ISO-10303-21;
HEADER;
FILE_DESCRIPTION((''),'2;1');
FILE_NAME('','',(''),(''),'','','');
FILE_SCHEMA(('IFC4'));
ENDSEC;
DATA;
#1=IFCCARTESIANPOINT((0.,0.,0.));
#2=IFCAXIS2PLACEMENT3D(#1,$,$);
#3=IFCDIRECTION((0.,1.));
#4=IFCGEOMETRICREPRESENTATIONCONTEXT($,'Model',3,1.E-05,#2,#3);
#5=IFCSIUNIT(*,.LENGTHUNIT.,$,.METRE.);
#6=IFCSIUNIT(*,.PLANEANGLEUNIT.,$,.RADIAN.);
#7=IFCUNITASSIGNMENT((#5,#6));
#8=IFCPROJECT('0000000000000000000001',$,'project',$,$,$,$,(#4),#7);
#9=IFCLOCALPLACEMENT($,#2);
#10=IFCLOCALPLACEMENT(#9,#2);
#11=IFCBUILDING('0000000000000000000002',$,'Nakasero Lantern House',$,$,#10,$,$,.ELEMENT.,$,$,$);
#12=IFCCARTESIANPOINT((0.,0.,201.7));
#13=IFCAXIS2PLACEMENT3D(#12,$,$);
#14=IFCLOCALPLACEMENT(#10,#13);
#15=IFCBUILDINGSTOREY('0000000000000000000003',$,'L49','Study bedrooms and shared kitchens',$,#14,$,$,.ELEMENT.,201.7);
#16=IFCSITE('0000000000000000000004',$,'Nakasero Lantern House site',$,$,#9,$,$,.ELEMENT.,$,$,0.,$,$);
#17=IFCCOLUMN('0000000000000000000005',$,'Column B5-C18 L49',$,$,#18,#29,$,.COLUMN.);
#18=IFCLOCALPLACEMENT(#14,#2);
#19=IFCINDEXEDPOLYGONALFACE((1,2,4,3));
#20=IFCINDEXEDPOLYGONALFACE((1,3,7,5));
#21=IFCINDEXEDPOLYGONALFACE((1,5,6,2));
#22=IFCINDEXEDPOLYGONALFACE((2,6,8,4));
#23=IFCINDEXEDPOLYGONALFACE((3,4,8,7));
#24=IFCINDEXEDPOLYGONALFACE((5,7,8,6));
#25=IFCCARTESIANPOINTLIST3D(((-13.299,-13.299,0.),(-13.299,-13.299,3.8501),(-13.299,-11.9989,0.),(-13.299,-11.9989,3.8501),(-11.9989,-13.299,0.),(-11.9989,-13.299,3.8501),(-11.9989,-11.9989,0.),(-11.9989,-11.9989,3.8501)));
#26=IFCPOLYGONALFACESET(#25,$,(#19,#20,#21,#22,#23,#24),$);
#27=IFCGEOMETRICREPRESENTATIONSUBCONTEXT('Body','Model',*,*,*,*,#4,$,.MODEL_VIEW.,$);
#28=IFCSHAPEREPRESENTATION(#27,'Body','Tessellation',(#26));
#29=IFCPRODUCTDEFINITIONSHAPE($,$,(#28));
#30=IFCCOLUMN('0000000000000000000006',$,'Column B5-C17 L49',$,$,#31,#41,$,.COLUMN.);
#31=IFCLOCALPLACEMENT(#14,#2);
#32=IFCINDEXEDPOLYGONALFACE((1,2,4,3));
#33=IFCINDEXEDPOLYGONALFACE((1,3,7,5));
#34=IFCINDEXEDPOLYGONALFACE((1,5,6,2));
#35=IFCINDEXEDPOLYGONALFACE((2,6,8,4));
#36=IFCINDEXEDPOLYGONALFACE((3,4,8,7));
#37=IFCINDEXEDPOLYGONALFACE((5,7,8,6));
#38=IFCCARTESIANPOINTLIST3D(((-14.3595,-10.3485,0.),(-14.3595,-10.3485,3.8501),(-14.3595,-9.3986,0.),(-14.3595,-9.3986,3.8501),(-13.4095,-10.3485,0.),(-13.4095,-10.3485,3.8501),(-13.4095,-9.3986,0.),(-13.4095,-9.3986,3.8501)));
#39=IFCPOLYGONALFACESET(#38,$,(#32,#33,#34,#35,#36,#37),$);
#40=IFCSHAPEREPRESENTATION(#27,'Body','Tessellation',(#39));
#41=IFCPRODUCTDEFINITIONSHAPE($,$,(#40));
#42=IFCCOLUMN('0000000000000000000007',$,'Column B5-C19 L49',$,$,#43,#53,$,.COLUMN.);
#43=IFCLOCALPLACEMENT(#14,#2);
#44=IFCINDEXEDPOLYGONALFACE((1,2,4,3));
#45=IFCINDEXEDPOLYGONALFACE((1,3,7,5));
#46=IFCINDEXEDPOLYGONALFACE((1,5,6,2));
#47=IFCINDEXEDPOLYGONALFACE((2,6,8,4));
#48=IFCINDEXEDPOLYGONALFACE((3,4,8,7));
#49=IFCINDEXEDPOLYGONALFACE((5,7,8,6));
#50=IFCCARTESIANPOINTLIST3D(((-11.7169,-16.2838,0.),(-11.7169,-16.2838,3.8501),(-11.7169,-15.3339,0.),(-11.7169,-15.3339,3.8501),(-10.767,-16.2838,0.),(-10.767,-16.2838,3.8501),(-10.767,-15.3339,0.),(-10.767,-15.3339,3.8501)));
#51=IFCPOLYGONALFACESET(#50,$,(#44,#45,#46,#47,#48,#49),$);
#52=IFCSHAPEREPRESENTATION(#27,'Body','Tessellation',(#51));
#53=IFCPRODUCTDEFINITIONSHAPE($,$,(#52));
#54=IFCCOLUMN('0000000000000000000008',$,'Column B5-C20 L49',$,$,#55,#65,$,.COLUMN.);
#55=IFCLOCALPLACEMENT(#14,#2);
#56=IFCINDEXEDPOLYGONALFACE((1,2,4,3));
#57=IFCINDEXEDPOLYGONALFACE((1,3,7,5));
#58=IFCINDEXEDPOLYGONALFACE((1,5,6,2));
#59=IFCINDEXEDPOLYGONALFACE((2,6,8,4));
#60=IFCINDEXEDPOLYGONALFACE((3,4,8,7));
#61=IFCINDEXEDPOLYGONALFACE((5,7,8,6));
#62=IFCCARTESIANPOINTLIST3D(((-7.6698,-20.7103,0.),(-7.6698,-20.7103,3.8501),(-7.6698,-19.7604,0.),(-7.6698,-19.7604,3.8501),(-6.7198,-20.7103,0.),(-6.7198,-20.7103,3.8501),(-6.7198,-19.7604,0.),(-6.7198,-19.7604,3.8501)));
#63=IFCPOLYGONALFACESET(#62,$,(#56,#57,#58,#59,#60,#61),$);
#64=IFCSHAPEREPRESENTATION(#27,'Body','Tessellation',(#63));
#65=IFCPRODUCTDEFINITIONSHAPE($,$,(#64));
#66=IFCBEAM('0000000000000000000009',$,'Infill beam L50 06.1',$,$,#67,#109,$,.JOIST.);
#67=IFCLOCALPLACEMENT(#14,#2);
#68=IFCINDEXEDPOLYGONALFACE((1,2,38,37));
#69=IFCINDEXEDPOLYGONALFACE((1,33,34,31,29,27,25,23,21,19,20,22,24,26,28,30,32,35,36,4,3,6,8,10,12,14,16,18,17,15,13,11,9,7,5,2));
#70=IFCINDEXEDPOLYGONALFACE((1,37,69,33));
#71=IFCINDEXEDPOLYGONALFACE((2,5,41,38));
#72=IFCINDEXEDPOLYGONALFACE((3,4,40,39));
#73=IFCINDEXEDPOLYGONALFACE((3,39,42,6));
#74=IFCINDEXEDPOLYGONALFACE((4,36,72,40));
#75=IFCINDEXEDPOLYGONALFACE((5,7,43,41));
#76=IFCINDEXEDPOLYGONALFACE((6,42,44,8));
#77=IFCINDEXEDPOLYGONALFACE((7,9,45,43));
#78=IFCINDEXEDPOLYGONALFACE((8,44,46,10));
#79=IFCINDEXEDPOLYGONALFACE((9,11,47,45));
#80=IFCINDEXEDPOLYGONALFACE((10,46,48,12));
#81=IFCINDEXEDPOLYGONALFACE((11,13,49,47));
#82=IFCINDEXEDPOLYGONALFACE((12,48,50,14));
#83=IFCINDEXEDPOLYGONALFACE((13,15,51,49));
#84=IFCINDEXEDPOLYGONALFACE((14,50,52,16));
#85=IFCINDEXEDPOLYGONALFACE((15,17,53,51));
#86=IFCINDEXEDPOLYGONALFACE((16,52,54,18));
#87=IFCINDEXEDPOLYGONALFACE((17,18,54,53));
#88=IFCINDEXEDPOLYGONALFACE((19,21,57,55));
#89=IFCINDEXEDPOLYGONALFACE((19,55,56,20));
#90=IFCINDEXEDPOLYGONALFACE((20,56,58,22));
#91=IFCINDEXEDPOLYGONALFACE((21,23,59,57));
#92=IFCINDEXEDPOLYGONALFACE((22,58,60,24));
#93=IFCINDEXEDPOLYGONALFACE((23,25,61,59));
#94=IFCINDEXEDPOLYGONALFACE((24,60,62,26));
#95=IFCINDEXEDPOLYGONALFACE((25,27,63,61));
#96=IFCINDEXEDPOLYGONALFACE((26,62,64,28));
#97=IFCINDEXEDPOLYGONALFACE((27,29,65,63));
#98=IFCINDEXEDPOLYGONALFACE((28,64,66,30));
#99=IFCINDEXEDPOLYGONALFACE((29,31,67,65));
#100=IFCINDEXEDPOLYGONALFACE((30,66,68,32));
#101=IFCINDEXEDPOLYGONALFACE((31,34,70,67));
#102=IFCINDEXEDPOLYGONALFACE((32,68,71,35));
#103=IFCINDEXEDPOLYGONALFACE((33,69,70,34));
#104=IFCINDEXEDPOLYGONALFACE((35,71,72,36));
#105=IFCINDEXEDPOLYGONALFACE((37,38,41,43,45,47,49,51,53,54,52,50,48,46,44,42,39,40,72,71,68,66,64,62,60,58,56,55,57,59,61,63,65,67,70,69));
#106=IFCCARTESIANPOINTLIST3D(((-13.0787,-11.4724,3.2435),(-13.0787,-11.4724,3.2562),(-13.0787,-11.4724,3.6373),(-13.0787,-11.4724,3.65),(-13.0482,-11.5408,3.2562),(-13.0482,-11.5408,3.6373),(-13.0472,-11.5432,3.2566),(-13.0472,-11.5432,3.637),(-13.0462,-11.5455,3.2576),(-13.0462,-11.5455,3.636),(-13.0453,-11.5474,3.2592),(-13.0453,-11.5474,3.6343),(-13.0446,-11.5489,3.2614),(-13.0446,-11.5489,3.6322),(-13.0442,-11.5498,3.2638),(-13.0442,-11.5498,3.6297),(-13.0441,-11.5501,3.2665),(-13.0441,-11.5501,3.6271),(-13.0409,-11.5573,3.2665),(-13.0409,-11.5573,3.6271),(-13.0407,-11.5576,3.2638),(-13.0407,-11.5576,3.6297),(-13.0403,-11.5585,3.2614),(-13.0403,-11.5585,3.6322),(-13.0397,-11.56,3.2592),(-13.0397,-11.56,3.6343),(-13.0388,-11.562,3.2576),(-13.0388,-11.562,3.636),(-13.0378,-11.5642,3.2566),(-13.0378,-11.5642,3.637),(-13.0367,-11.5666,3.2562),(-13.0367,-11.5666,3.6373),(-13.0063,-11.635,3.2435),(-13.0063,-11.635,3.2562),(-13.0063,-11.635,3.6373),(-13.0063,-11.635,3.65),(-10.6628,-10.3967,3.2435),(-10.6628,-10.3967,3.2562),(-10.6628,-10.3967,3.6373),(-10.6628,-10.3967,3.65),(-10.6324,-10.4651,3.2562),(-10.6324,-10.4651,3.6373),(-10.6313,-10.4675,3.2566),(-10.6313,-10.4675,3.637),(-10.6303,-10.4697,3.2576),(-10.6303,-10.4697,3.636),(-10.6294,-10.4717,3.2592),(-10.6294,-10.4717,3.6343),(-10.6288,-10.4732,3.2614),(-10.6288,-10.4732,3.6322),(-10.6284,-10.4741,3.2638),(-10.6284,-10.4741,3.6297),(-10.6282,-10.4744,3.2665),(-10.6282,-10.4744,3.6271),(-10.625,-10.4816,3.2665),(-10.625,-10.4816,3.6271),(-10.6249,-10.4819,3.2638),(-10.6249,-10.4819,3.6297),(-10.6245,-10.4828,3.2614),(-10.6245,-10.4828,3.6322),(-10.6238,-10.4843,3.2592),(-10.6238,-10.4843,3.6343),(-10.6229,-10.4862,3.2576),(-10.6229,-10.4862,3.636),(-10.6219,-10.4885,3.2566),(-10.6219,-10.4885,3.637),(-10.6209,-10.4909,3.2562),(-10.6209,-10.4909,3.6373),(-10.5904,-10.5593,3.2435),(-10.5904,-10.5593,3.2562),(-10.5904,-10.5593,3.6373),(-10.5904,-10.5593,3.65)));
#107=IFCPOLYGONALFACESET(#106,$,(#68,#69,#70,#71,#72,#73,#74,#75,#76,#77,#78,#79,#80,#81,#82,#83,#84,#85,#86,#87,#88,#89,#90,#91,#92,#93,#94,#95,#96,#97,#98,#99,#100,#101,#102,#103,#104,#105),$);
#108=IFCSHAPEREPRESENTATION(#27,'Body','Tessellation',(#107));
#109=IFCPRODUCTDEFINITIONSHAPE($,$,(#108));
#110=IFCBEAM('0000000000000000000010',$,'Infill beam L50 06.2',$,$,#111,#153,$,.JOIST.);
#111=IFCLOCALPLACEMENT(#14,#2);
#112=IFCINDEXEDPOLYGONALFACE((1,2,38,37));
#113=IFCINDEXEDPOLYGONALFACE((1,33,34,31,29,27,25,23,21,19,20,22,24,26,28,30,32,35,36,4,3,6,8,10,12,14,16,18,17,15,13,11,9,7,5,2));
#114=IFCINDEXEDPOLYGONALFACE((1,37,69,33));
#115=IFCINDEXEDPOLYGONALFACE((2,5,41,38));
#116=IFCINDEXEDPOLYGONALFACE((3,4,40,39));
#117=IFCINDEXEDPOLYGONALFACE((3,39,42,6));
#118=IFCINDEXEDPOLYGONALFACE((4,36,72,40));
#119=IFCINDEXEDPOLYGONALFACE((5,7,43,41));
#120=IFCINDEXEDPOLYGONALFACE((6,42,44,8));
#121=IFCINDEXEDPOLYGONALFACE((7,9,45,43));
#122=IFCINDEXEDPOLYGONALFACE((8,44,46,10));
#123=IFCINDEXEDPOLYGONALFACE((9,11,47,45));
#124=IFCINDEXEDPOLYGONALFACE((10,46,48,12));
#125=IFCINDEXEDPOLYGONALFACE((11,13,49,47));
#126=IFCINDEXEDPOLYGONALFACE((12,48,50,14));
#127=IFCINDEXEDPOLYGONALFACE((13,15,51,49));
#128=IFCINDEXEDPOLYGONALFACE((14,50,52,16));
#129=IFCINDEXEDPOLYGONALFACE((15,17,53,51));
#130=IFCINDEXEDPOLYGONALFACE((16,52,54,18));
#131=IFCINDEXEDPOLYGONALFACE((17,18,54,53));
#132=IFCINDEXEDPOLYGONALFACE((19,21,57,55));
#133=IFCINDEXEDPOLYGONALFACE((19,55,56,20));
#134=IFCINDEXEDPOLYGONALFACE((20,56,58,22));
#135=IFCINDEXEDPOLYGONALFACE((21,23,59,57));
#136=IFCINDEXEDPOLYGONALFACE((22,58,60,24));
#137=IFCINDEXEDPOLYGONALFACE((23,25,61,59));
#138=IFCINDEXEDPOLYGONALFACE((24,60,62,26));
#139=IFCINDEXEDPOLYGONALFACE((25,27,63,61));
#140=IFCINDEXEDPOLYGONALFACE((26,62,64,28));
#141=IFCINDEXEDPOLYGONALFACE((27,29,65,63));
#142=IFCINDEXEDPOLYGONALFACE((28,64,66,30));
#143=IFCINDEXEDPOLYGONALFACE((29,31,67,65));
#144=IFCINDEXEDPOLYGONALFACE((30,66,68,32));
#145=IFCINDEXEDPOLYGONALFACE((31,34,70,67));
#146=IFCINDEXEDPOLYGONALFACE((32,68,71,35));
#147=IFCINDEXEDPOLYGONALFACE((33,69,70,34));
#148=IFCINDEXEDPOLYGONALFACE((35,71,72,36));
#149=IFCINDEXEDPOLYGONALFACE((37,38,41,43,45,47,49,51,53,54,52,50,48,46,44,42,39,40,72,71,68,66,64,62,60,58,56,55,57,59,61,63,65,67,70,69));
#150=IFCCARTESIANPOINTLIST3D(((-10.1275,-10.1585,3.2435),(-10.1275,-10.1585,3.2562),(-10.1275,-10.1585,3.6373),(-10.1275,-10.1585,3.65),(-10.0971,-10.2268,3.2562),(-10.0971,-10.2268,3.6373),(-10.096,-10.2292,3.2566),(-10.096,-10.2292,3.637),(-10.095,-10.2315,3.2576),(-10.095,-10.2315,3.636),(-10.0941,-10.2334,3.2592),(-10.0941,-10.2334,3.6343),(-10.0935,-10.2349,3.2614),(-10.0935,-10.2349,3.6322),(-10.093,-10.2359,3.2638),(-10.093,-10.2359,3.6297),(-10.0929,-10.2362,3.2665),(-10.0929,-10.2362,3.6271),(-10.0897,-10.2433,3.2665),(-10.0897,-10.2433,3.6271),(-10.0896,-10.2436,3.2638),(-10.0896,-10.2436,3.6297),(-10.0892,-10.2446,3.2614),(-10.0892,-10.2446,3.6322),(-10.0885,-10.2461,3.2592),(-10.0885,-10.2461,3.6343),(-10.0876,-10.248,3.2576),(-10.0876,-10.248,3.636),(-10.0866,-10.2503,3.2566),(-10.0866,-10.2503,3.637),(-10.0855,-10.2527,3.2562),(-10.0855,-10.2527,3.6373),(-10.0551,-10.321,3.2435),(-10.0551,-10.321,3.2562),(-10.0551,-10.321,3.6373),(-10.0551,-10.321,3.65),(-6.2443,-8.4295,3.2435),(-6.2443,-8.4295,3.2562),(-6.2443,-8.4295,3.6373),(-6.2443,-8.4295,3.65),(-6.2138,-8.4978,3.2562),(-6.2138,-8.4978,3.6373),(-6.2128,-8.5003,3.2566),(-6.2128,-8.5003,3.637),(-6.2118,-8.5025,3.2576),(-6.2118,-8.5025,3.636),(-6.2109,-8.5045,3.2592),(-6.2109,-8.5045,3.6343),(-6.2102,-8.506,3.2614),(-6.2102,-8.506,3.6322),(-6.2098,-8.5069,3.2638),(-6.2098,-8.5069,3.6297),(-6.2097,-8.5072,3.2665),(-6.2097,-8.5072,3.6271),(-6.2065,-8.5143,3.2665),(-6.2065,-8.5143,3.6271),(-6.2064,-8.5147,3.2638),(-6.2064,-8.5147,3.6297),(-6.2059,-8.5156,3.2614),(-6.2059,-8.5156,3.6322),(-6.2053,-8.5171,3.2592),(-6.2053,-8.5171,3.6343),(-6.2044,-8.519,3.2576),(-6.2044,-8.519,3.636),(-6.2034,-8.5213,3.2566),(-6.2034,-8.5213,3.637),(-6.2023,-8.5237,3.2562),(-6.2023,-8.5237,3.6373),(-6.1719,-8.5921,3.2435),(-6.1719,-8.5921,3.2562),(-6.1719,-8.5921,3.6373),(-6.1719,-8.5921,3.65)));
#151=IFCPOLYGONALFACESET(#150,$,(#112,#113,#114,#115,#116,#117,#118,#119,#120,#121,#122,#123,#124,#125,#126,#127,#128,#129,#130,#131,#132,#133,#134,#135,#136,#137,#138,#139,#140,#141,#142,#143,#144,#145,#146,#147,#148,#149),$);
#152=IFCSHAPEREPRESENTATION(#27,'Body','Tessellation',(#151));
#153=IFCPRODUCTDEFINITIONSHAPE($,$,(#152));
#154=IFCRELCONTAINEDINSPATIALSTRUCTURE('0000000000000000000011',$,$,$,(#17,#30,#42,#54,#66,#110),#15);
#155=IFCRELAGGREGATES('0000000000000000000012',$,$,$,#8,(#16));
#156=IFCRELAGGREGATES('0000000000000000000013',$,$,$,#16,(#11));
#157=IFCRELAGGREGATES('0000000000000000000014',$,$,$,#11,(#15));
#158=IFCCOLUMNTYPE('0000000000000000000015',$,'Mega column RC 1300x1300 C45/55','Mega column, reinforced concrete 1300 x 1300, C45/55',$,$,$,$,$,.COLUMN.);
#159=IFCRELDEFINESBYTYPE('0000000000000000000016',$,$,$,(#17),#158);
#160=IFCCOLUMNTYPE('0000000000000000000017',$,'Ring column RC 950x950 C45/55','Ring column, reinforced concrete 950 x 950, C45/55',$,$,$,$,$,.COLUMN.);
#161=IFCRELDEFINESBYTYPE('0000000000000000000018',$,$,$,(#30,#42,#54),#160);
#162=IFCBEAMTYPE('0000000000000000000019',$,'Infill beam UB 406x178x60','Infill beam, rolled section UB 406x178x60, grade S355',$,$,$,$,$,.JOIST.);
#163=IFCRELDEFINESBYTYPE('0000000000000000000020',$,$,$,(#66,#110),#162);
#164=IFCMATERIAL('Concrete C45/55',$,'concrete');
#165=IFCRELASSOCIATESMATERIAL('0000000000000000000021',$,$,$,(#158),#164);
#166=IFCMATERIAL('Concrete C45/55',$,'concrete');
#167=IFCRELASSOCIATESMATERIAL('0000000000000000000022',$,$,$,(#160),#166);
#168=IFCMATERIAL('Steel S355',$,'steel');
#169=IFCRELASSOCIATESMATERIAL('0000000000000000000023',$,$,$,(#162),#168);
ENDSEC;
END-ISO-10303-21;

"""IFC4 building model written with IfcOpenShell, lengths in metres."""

from ifc_helpers import new_model, si_unit, direction, frame, origin, origin_2d, place, context, subcontext, project, spatial, rectangle, i_section, extrude, material, material_profile, profile_set, type_object, element, save


model = new_model("IFC4")

# Units and contexts
model_context = context("Model", 3, precision=1e-05, world=origin(), true_north=direction((0.0, 1.0)))
body_context = subcontext(model_context, "Body", "Model", "MODEL_VIEW")
ifc_project = project(units=[si_unit("LENGTHUNIT", "METRE"), si_unit("PLANEANGLEUNIT", "RADIAN")], contexts=[model_context])

# Site, building, storey
site_placement = place(None, origin())
site = spatial("IfcSite", under=ifc_project, at=site_placement, Name="Nakasero Lantern House site", CompositionType="ELEMENT", RefElevation=0.0)
building_placement = place(site_placement, origin())
building = spatial("IfcBuilding", under=site, at=building_placement, Name="Nakasero Lantern House", CompositionType="ELEMENT")
storey_placement = place(building_placement, frame((0.0, 0.0, 201.7)))
storey = spatial("IfcBuildingStorey", under=building, at=storey_placement, Name="L49", Description="Study bedrooms and shared kitchens", CompositionType="ELEMENT", Elevation=201.7)

# Columns
ifc_material_1 = material(Name="Concrete C45/55", Category="concrete")
ifc_material_profile_1 = material_profile(ifc_material_1, rectangle(XDim=1.3, YDim=1.3, at=origin_2d()), Name="RC 1300x1300")
ifc_profile_set_1 = profile_set([ifc_material_profile_1], Name="Concrete C45/55")
column_type_1 = type_object("IfcColumnType", Name="Mega column RC 1300x1300 C45/55", Description="Mega column, reinforced concrete 1300 x 1300, C45/55", PredefinedType="COLUMN", material=ifc_profile_set_1)
column_placement = place(storey_placement, frame((-12.6489, -12.6489, 0.0), z_axis=(0.0, 0.0, 1.0), x_axis=(1.0, 0.0, 0.0)))
element("IfcColumn", 1, at=column_placement, inside=storey, type_object=column_type_1, Name="Column B5-C18 L49", PredefinedType="COLUMN", context=body_context, shape_type="SweptSolid", body=[
    extrude(rectangle(XDim=1.3, YDim=1.3, at=origin_2d()), origin(), (0.0, 0.0, 1.0), 3.8501),
])
ifc_material_2 = material(Name="Concrete C45/55", Category="concrete")
ifc_material_profile_2 = material_profile(ifc_material_2, rectangle(XDim=0.95, YDim=0.95, at=origin_2d()), Name="RC 950x950")
ifc_profile_set_2 = profile_set([ifc_material_profile_2], Name="Concrete C45/55")
column_type_2 = type_object("IfcColumnType", Name="Ring column RC 950x950 C45/55", Description="Ring column, reinforced concrete 950 x 950, C45/55", PredefinedType="COLUMN", material=ifc_profile_set_2)
for number, where, z_axis, x_axis, name in (
    (2, (-13.8845, -9.8735, 0.0), (0.0, 0.0, 1.0), (1.0, 0.0, 0.0), "Column B5-C17 L49"),
    (3, (-11.2419, -15.8088, 0.0), (0.0, 0.0, 1.0), (1.0, 0.0, 0.0), "Column B5-C19 L49"),
    (4, (-7.1948, -20.2354, 0.0), (0.0, 0.0, 1.0), (1.0, 0.0, 0.0), "Column B5-C20 L49"),
):
    element("IfcColumn", number, at=place(storey_placement, frame(where, z_axis=z_axis, x_axis=x_axis)), inside=storey, type_object=column_type_2, Name=name, PredefinedType="COLUMN", context=body_context, shape_type="SweptSolid", body=[
        extrude(rectangle(XDim=0.95, YDim=0.95, at=origin_2d()), origin(), (0.0, 0.0, 1.0), 3.8501),
    ])

# Beams
ifc_material_3 = material(Name="Steel S355", Category="steel")
ifc_material_profile_3 = material_profile(ifc_material_3, i_section(OverallWidth=0.178, OverallDepth=0.4065, WebThickness=0.0078, FlangeThickness=0.0127, FilletRadius=0.0103, at=origin_2d()), Name="UB 406x178x60")
ifc_profile_set_3 = profile_set([ifc_material_profile_3], Name="Steel S355")
beam_type_1 = type_object("IfcBeamType", Name="Infill beam UB 406x178x60", Description="Infill beam, rolled section UB 406x178x60, grade S355", PredefinedType="JOIST", material=ifc_profile_set_3)
beam_1_placement = place(storey_placement, frame((-13.0425, -11.5537, 3.4468), z_axis=(0.91353, 0.406772, 0.0), x_axis=(-0.406772, 0.91353, 0.0)))
element("IfcBeam", 5, at=beam_1_placement, inside=storey, type_object=beam_type_1, Name="Infill beam L50 06.1", PredefinedType="JOIST", context=body_context, shape_type="SweptSolid", body=[
    extrude(i_section(OverallWidth=0.178, OverallDepth=0.4065, WebThickness=0.0078, FlangeThickness=0.0127, FilletRadius=0.0103, at=origin_2d()), origin(), (0.0, 0.0, 1.0), 2.6445),
])
beam_2_placement = place(storey_placement, frame((-10.0913, -10.2397, 3.4468), z_axis=(0.913541, 0.406746, 0.0), x_axis=(-0.406746, 0.913541, 0.0)))
element("IfcBeam", 6, at=beam_2_placement, inside=storey, type_object=beam_type_1, Name="Infill beam L50 06.2", PredefinedType="JOIST", context=body_context, shape_type="SweptSolid", body=[
    extrude(i_section(OverallWidth=0.178, OverallDepth=0.4065, WebThickness=0.0078, FlangeThickness=0.0127, FilletRadius=0.0103, at=origin_2d()), origin(), (0.0, 0.0, 1.0), 4.2507),
])

save(model, "model.ifc")
